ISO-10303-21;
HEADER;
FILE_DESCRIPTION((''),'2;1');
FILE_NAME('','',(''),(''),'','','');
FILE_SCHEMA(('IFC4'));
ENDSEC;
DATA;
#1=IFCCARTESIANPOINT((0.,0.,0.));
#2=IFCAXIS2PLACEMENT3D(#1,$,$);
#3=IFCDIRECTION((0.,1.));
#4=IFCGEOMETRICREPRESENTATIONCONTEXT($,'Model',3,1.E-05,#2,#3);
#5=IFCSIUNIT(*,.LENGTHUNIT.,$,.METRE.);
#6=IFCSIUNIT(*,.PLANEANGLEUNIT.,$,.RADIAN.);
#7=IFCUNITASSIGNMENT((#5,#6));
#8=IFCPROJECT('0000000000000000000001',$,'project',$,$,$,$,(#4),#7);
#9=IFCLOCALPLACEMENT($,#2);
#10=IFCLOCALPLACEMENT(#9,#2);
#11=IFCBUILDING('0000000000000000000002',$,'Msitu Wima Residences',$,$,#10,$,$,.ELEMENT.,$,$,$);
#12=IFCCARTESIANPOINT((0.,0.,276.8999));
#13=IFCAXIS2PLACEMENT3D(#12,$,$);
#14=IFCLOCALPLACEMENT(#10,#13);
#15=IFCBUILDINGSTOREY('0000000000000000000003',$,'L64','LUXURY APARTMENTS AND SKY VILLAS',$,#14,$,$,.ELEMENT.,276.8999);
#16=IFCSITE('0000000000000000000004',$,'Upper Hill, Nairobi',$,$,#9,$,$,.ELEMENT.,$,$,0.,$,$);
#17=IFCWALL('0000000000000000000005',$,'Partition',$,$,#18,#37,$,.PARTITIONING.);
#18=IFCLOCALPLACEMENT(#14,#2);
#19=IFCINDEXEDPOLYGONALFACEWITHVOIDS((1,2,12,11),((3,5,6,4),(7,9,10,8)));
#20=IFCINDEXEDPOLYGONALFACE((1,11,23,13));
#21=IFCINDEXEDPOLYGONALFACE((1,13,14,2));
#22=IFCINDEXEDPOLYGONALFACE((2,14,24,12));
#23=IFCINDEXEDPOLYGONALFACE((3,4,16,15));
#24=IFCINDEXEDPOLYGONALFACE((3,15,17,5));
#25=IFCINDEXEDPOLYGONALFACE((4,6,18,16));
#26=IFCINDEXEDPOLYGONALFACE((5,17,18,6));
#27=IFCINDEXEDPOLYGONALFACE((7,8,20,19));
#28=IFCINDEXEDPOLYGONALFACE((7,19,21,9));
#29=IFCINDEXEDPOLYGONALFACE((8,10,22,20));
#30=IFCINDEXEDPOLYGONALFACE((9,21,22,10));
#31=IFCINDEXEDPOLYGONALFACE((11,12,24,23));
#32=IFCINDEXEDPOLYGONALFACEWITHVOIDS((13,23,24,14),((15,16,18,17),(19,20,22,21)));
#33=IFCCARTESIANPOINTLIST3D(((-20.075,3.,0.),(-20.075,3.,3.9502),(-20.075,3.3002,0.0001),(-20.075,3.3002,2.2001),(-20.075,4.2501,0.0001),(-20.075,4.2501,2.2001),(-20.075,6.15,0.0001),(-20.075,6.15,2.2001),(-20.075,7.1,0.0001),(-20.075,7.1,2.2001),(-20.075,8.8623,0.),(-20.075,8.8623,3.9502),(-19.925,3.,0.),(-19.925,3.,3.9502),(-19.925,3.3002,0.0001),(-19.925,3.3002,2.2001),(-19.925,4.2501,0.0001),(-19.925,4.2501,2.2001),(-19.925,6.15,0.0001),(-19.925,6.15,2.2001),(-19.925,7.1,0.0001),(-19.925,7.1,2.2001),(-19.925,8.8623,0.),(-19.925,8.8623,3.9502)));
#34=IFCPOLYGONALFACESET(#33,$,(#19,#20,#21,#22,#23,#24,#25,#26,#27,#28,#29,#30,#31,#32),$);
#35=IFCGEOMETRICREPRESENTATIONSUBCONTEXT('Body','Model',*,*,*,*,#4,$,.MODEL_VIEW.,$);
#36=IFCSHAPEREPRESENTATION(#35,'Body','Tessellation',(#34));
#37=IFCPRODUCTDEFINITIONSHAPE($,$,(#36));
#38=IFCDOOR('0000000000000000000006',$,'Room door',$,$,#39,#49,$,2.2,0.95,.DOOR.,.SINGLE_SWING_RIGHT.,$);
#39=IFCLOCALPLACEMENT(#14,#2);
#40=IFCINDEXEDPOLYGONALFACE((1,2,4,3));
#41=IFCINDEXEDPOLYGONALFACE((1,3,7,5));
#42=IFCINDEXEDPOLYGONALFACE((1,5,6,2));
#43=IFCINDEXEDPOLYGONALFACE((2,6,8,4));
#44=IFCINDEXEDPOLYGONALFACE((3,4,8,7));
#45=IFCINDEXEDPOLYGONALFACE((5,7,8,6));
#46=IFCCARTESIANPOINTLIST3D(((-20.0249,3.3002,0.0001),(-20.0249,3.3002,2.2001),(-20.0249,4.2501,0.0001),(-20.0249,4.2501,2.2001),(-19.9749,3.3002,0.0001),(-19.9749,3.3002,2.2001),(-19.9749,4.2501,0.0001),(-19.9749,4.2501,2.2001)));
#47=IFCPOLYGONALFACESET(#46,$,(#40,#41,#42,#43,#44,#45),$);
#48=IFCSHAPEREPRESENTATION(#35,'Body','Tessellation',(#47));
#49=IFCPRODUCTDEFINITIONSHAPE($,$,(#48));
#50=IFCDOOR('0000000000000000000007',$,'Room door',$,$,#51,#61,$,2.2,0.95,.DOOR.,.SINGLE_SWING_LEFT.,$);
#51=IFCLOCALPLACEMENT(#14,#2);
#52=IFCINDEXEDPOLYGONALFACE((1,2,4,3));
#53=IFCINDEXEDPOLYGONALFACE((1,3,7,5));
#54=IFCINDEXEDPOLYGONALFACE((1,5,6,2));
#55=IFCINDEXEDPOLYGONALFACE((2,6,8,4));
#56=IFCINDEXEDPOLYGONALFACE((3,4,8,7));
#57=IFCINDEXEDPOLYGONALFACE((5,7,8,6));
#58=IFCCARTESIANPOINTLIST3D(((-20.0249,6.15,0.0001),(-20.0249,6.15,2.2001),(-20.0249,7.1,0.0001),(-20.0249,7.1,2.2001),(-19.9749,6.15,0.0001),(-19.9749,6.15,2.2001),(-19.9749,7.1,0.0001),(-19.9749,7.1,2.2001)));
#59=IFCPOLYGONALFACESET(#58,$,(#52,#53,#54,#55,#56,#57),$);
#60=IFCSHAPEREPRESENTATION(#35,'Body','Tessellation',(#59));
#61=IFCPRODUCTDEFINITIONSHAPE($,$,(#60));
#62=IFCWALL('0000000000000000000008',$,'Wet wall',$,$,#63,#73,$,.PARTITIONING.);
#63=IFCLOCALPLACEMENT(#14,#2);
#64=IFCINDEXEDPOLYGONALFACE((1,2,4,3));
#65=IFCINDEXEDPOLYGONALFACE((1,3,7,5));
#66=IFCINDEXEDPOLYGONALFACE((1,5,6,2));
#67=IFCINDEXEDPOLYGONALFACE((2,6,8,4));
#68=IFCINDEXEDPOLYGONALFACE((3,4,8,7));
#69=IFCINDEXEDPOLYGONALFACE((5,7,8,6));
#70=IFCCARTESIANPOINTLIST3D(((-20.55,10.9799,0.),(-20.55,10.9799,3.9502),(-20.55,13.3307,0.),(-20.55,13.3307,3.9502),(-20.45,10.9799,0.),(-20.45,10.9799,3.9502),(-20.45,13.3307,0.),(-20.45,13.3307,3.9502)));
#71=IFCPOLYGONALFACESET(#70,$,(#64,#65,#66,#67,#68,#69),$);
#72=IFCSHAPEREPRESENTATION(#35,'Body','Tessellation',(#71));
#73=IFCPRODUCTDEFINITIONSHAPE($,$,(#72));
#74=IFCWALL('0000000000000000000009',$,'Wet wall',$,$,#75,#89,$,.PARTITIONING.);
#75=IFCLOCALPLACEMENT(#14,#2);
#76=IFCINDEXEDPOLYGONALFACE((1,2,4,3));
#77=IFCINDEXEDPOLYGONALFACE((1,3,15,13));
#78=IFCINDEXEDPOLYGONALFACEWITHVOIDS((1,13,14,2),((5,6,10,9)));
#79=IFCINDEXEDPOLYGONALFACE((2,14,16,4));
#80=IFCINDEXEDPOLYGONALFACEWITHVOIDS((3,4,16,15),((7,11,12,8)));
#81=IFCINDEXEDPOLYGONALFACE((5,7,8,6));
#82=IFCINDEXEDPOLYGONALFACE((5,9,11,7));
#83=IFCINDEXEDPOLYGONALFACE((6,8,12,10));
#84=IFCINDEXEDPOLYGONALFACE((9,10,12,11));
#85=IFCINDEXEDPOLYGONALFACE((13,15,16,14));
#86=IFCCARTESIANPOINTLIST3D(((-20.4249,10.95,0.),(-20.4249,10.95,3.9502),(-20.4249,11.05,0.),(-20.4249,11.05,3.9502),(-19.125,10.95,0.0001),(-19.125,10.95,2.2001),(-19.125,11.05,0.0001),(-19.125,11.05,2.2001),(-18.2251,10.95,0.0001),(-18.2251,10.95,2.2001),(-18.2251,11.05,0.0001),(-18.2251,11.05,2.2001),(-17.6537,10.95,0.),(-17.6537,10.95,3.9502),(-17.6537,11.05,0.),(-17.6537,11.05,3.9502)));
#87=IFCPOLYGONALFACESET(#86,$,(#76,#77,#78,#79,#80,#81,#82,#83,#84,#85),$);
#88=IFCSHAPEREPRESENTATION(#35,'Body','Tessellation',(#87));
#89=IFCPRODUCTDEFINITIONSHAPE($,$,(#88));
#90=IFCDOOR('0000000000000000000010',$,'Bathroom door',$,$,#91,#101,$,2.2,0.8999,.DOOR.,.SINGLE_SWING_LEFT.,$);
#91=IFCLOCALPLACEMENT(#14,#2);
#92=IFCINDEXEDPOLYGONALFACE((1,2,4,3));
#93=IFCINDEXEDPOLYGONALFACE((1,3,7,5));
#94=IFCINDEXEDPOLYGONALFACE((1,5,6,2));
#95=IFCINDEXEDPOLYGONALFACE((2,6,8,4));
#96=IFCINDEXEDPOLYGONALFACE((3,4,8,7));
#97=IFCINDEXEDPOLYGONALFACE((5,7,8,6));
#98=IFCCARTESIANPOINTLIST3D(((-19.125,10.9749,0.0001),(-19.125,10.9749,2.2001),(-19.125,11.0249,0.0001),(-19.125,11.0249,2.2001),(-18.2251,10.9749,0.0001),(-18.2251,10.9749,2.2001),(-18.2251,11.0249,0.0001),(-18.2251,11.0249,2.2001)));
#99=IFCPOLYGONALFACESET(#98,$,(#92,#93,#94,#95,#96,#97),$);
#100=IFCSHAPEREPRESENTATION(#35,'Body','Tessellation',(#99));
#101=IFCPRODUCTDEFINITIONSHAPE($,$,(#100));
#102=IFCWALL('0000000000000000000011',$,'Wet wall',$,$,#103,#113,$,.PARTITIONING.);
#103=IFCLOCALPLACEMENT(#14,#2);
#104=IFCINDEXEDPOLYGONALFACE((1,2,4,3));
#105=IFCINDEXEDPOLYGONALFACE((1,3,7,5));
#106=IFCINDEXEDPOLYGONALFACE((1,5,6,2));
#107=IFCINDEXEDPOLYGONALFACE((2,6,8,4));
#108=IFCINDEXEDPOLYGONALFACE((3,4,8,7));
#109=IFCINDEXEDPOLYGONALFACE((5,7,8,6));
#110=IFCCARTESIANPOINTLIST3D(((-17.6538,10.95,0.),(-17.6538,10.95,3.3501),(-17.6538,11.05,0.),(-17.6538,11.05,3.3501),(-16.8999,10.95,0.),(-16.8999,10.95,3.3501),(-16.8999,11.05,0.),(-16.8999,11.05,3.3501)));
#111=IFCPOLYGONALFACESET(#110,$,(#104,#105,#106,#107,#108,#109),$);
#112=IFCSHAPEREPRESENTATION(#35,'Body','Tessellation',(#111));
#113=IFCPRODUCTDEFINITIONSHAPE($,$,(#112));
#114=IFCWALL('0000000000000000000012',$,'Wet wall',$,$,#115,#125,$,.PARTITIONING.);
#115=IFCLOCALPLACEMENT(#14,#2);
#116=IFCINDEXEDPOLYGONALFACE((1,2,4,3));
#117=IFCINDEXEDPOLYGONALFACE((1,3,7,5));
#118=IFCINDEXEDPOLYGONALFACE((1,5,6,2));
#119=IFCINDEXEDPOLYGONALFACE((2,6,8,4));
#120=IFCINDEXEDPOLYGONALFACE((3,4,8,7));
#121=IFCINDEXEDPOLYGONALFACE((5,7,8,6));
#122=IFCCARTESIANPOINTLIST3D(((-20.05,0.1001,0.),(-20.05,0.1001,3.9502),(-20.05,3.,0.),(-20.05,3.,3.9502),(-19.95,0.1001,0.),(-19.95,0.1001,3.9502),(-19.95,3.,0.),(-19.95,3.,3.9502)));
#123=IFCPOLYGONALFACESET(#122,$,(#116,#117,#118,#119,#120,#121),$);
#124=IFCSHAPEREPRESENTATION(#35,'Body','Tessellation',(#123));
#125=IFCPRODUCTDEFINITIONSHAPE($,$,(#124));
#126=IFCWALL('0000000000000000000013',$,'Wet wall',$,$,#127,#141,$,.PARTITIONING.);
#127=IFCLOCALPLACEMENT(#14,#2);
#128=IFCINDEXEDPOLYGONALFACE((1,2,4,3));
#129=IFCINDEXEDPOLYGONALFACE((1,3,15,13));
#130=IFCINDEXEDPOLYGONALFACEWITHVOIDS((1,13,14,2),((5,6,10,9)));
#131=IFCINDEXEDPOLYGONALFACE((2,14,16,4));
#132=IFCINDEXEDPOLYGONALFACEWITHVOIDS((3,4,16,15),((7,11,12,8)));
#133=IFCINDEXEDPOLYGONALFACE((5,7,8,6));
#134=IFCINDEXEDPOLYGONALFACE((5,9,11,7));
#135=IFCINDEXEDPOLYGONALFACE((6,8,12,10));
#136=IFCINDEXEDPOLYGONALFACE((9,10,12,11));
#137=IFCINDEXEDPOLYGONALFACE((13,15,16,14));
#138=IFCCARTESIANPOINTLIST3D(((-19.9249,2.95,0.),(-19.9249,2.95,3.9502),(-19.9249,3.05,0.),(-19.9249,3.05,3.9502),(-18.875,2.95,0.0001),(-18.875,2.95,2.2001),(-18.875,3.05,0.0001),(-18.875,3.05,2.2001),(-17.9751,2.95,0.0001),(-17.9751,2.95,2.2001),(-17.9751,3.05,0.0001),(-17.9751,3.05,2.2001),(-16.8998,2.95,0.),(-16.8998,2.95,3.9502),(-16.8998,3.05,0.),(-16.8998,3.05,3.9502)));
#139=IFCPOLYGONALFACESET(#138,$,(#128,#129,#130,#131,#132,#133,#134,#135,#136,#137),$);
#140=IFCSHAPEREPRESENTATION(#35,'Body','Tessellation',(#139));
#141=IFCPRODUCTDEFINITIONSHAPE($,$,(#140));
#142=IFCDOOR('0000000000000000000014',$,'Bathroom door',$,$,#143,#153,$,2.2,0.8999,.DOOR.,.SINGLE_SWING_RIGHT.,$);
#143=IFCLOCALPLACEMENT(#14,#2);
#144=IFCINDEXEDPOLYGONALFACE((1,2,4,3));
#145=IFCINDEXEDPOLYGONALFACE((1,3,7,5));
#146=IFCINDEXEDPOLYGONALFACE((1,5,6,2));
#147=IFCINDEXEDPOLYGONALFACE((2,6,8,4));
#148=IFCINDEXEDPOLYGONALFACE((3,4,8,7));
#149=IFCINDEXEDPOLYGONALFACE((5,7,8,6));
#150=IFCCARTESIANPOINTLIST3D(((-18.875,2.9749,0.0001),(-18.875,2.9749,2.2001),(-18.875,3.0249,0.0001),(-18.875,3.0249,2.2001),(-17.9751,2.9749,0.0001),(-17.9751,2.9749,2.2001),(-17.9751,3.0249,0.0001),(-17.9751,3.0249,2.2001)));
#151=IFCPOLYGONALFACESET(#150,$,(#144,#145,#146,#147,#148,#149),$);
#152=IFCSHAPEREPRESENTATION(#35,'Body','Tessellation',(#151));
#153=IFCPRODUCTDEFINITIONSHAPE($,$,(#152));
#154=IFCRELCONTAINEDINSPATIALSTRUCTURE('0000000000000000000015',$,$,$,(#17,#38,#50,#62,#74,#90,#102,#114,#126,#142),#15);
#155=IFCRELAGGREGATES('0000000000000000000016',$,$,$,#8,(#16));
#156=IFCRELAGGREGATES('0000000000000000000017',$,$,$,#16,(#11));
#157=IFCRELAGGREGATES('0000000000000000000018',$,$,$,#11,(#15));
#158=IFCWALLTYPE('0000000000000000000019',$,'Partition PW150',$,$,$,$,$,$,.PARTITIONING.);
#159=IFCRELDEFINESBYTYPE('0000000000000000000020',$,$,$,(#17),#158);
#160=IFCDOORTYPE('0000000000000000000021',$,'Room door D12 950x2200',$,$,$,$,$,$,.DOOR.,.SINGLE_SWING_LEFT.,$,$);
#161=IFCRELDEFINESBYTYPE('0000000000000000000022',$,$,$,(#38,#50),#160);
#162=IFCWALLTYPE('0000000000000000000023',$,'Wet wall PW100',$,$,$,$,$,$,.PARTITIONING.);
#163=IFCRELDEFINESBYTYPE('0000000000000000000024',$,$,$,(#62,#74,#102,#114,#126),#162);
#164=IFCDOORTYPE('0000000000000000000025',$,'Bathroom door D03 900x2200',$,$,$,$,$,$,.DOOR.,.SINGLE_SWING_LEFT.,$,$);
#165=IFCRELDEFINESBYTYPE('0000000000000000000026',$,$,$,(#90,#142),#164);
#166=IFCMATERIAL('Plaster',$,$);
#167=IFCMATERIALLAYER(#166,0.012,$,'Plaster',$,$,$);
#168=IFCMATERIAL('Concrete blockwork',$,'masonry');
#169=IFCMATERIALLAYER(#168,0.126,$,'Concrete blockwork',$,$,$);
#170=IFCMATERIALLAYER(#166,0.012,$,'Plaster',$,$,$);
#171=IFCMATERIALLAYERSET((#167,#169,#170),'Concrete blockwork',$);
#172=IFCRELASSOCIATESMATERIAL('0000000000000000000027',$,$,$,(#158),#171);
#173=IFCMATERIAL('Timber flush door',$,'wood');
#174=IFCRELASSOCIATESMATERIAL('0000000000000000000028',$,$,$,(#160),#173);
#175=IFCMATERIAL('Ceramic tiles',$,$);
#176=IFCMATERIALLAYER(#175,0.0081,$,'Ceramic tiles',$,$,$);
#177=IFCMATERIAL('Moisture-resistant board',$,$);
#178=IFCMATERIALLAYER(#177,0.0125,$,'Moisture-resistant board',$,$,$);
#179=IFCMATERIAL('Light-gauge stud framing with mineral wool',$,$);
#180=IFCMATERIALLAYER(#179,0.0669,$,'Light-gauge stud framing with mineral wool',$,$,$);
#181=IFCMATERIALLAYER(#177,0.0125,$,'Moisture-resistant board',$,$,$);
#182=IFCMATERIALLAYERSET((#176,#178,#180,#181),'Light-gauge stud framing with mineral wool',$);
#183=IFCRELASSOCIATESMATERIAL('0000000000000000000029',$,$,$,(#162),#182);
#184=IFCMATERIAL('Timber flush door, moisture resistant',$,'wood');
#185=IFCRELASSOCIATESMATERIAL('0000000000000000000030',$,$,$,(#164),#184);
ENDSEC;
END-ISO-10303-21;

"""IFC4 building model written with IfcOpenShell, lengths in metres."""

from ifc_helpers import new_model, si_unit, direction, frame, frame_2d, origin, place, context, subcontext, project, spatial, rectangle, extrude, material, layer, layer_set, type_object, element, fill, save


model = new_model("IFC4")

# Units and contexts
model_context = context("Model", 3, precision=1e-05, world=origin(), true_north=direction((0.0, 1.0)))
body_context = subcontext(model_context, "Body", "Model", "MODEL_VIEW")
ifc_project = project(units=[si_unit("LENGTHUNIT", "METRE"), si_unit("PLANEANGLEUNIT", "RADIAN")], contexts=[model_context])

# Site, building, storey
site_placement = place(None, origin())
site = spatial("IfcSite", under=ifc_project, at=site_placement, Name="Upper Hill, Nairobi", CompositionType="ELEMENT", RefElevation=0.0)
building_placement = place(site_placement, origin())
building = spatial("IfcBuilding", under=site, at=building_placement, Name="Msitu Wima Residences", CompositionType="ELEMENT")
storey_placement = place(building_placement, frame((0.0, 0.0, 276.8999)))
storey = spatial("IfcBuildingStorey", under=building, at=storey_placement, Name="L64", Description="LUXURY APARTMENTS AND SKY VILLAS", CompositionType="ELEMENT", Elevation=276.8999)

# Shared definitions
ifc_material_1 = material(Name="Plaster")
ifc_material_2 = material(Name="Concrete blockwork", Category="masonry")
ifc_layer_1 = layer(ifc_material_1, 0.012, Name="Plaster")
ifc_layer_2 = layer(ifc_material_2, 0.126, Name="Concrete blockwork")
ifc_layer_3 = layer(ifc_material_1, 0.012, Name="Plaster")
ifc_layer_set_1 = layer_set([ifc_layer_1, ifc_layer_2, ifc_layer_3], Name="Concrete blockwork")
wall_type_1 = type_object("IfcWallType", Name="Partition PW150", PredefinedType="PARTITIONING", material=ifc_layer_set_1)

# Shared definitions
ifc_material_3 = material(Name="Timber flush door", Category="wood")
door_type_1 = type_object("IfcDoorType", Name="Room door D12 950x2200", OperationType="SINGLE_SWING_LEFT", PredefinedType="DOOR", material=ifc_material_3)

# Wall, openings, doors
wall_1_placement = place(storey_placement, frame((-20.0, 3.0, 0.0), z_axis=(0.0, 0.0, 1.0), x_axis=(0.0, 1.0, 0.0)))
wall_1 = element("IfcWall", 1, at=wall_1_placement, inside=storey, type_object=wall_type_1, Name="Partition", PredefinedType="PARTITIONING", context=body_context, shape_type="SweptSolid", body=[
    extrude(rectangle(XDim=5.8623, YDim=0.1499, at=frame_2d((2.9312, 0.0))), origin(), (0.0, 0.0, 1.0), 3.9502),
])
opening_1_placement = place(wall_1_placement, frame((0.3, 0.0, 0.0)))
opening_1 = element("IfcOpeningElement", 2, at=opening_1_placement, cuts=wall_1, PredefinedType="OPENING", context=body_context, shape_type="SweptSolid", body=[
    extrude(rectangle(XDim=0.95, YDim=2.2, at=frame_2d((0.4751, 1.1001))), frame((0.0, 0.085, 0.0), z_axis=(0.0, -1.0, 0.0), x_axis=(1.0, 0.0, 0.0)), (0.0, 0.0, 1.0), 0.1699),
])
opening_2_placement = place(wall_1_placement, frame((3.1499, 0.0, 0.0)))
opening_2 = element("IfcOpeningElement", 3, at=opening_2_placement, cuts=wall_1, PredefinedType="OPENING", context=body_context, shape_type="SweptSolid", body=[
    extrude(rectangle(XDim=0.95, YDim=2.2, at=frame_2d((0.4751, 1.1001))), frame((0.0, 0.085, 0.0), z_axis=(0.0, -1.0, 0.0), x_axis=(1.0, 0.0, 0.0)), (0.0, 0.0, 1.0), 0.1699),
])
door_1_placement = place(opening_1_placement, origin())
door_1 = element("IfcDoor", 4, at=door_1_placement, inside=storey, type_object=door_type_1, Name="Room door", OperationType="SINGLE_SWING_RIGHT", OverallHeight=2.2, OverallWidth=0.95, PredefinedType="DOOR", context=body_context, shape_type="SweptSolid", body=[
    extrude(rectangle(XDim=0.95, YDim=2.2, at=frame_2d((0.4751, 1.1001))), frame((0.0, 0.0249, 0.0), z_axis=(0.0, -1.0, 0.0), x_axis=(1.0, 0.0, 0.0)), (0.0, 0.0, 1.0), 0.05),
])
fill(opening_1, door_1)
door_2_placement = place(opening_2_placement, origin())
door_2 = element("IfcDoor", 5, at=door_2_placement, inside=storey, type_object=door_type_1, Name="Room door", OperationType="SINGLE_SWING_LEFT", OverallHeight=2.2, OverallWidth=0.95, PredefinedType="DOOR", context=body_context, shape_type="SweptSolid", body=[
    extrude(rectangle(XDim=0.95, YDim=2.2, at=frame_2d((0.4751, 1.1001))), frame((0.0, 0.0249, 0.0), z_axis=(0.0, -1.0, 0.0), x_axis=(1.0, 0.0, 0.0)), (0.0, 0.0, 1.0), 0.05),
])
fill(opening_2, door_2)

# Wall
ifc_material_4 = material(Name="Ceramic tiles")
ifc_layer_4 = layer(ifc_material_4, 0.0081, Name="Ceramic tiles")
ifc_material_5 = material(Name="Moisture-resistant board")
ifc_layer_5 = layer(ifc_material_5, 0.0125, Name="Moisture-resistant board")
ifc_material_6 = material(Name="Light-gauge stud framing with mineral wool")
ifc_layer_6 = layer(ifc_material_6, 0.0669, Name="Light-gauge stud framing with mineral wool")
ifc_layer_7 = layer(ifc_material_5, 0.0125, Name="Moisture-resistant board")
ifc_layer_set_2 = layer_set([ifc_layer_4, ifc_layer_5, ifc_layer_6, ifc_layer_7], Name="Light-gauge stud framing with mineral wool")
wall_type_2 = type_object("IfcWallType", Name="Wet wall PW100", PredefinedType="PARTITIONING", material=ifc_layer_set_2)
wall_2_placement = place(storey_placement, frame((-20.5, 10.98, 0.0), z_axis=(0.0, 0.0, 1.0), x_axis=(0.0, 1.0, 0.0)))
element("IfcWall", 6, at=wall_2_placement, inside=storey, type_object=wall_type_2, Name="Wet wall", PredefinedType="PARTITIONING", context=body_context, shape_type="SweptSolid", body=[
    extrude(rectangle(XDim=2.3508, YDim=0.1001, at=frame_2d((1.1753, 0.0))), origin(), (0.0, 0.0, 1.0), 3.9502),
])

# Wall, opening, door
wall_3_placement = place(storey_placement, frame((-20.425, 11.0, 0.0), z_axis=(0.0, 0.0, 1.0), x_axis=(1.0, 0.0, 0.0)))
wall_3 = element("IfcWall", 7, at=wall_3_placement, inside=storey, type_object=wall_type_2, Name="Wet wall", PredefinedType="PARTITIONING", context=body_context, shape_type="SweptSolid", body=[
    extrude(rectangle(XDim=2.7712, YDim=0.1001, at=frame_2d((1.3857, 0.0))), origin(), (0.0, 0.0, 1.0), 3.9502),
])
opening_3_placement = place(wall_3_placement, frame((1.3, 0.0, 0.0)))
opening_3 = element("IfcOpeningElement", 8, at=opening_3_placement, cuts=wall_3, PredefinedType="OPENING", context=body_context, shape_type="SweptSolid", body=[
    extrude(rectangle(XDim=0.8999, YDim=2.2, at=frame_2d((0.45, 1.1001))), frame((0.0, 0.0601, 0.0), z_axis=(0.0, -1.0, 0.0), x_axis=(1.0, 0.0, 0.0)), (0.0, 0.0, 1.0), 0.1201),
])
ifc_material_7 = material(Name="Timber flush door, moisture resistant", Category="wood")
door_type_2 = type_object("IfcDoorType", Name="Bathroom door D03 900x2200", OperationType="SINGLE_SWING_LEFT", PredefinedType="DOOR", material=ifc_material_7)
door_3_placement = place(opening_3_placement, origin())
door_3 = element("IfcDoor", 9, at=door_3_placement, inside=storey, type_object=door_type_2, Name="Bathroom door", OperationType="SINGLE_SWING_LEFT", OverallHeight=2.2, OverallWidth=0.8999, PredefinedType="DOOR", context=body_context, shape_type="SweptSolid", body=[
    extrude(rectangle(XDim=0.8999, YDim=2.2, at=frame_2d((0.45, 1.1001))), frame((0.0, 0.0249, 0.0), z_axis=(0.0, -1.0, 0.0), x_axis=(1.0, 0.0, 0.0)), (0.0, 0.0, 1.0), 0.05),
])
fill(opening_3, door_3)

# Walls
wall_4_placement = place(storey_placement, frame((-17.6538, 11.0, 0.0), z_axis=(0.0, 0.0, 1.0), x_axis=(1.0, 0.0, 0.0)))
element("IfcWall", 10, at=wall_4_placement, inside=storey, type_object=wall_type_2, Name="Wet wall", PredefinedType="PARTITIONING", context=body_context, shape_type="SweptSolid", body=[
    extrude(rectangle(XDim=0.7539, YDim=0.1001, at=frame_2d((0.377, 0.0))), origin(), (0.0, 0.0, 1.0), 3.3501),
])
wall_5_placement = place(storey_placement, frame((-20.0, 0.1001, 0.0), z_axis=(0.0, 0.0, 1.0), x_axis=(0.0, 1.0, 0.0)))
element("IfcWall", 11, at=wall_5_placement, inside=storey, type_object=wall_type_2, Name="Wet wall", PredefinedType="PARTITIONING", context=body_context, shape_type="SweptSolid", body=[
    extrude(rectangle(XDim=2.8999, YDim=0.1001, at=frame_2d((1.45, 0.0))), origin(), (0.0, 0.0, 1.0), 3.9502),
])

# Wall, opening, door
wall_6_placement = place(storey_placement, frame((-19.925, 3.0, 0.0), z_axis=(0.0, 0.0, 1.0), x_axis=(1.0, 0.0, 0.0)))
wall_6 = element("IfcWall", 12, at=wall_6_placement, inside=storey, type_object=wall_type_2, Name="Wet wall", PredefinedType="PARTITIONING", context=body_context, shape_type="SweptSolid", body=[
    extrude(rectangle(XDim=3.0251, YDim=0.1001, at=frame_2d((1.5127, 0.0))), origin(), (0.0, 0.0, 1.0), 3.9502),
])
opening_4_placement = place(wall_6_placement, frame((1.05, 0.0, 0.0)))
opening_4 = element("IfcOpeningElement", 13, at=opening_4_placement, cuts=wall_6, PredefinedType="OPENING", context=body_context, shape_type="SweptSolid", body=[
    extrude(rectangle(XDim=0.8999, YDim=2.2, at=frame_2d((0.45, 1.1001))), frame((0.0, 0.0601, 0.0), z_axis=(0.0, -1.0, 0.0), x_axis=(1.0, 0.0, 0.0)), (0.0, 0.0, 1.0), 0.1201),
])
door_4_placement = place(opening_4_placement, origin())
door_4 = element("IfcDoor", 14, at=door_4_placement, inside=storey, type_object=door_type_2, Name="Bathroom door", OperationType="SINGLE_SWING_RIGHT", OverallHeight=2.2, OverallWidth=0.8999, PredefinedType="DOOR", context=body_context, shape_type="SweptSolid", body=[
    extrude(rectangle(XDim=0.8999, YDim=2.2, at=frame_2d((0.45, 1.1001))), frame((0.0, 0.0249, 0.0), z_axis=(0.0, -1.0, 0.0), x_axis=(1.0, 0.0, 0.0)), (0.0, 0.0, 1.0), 0.05),
])
fill(opening_4, door_4)

save(model, "model.ifc")
